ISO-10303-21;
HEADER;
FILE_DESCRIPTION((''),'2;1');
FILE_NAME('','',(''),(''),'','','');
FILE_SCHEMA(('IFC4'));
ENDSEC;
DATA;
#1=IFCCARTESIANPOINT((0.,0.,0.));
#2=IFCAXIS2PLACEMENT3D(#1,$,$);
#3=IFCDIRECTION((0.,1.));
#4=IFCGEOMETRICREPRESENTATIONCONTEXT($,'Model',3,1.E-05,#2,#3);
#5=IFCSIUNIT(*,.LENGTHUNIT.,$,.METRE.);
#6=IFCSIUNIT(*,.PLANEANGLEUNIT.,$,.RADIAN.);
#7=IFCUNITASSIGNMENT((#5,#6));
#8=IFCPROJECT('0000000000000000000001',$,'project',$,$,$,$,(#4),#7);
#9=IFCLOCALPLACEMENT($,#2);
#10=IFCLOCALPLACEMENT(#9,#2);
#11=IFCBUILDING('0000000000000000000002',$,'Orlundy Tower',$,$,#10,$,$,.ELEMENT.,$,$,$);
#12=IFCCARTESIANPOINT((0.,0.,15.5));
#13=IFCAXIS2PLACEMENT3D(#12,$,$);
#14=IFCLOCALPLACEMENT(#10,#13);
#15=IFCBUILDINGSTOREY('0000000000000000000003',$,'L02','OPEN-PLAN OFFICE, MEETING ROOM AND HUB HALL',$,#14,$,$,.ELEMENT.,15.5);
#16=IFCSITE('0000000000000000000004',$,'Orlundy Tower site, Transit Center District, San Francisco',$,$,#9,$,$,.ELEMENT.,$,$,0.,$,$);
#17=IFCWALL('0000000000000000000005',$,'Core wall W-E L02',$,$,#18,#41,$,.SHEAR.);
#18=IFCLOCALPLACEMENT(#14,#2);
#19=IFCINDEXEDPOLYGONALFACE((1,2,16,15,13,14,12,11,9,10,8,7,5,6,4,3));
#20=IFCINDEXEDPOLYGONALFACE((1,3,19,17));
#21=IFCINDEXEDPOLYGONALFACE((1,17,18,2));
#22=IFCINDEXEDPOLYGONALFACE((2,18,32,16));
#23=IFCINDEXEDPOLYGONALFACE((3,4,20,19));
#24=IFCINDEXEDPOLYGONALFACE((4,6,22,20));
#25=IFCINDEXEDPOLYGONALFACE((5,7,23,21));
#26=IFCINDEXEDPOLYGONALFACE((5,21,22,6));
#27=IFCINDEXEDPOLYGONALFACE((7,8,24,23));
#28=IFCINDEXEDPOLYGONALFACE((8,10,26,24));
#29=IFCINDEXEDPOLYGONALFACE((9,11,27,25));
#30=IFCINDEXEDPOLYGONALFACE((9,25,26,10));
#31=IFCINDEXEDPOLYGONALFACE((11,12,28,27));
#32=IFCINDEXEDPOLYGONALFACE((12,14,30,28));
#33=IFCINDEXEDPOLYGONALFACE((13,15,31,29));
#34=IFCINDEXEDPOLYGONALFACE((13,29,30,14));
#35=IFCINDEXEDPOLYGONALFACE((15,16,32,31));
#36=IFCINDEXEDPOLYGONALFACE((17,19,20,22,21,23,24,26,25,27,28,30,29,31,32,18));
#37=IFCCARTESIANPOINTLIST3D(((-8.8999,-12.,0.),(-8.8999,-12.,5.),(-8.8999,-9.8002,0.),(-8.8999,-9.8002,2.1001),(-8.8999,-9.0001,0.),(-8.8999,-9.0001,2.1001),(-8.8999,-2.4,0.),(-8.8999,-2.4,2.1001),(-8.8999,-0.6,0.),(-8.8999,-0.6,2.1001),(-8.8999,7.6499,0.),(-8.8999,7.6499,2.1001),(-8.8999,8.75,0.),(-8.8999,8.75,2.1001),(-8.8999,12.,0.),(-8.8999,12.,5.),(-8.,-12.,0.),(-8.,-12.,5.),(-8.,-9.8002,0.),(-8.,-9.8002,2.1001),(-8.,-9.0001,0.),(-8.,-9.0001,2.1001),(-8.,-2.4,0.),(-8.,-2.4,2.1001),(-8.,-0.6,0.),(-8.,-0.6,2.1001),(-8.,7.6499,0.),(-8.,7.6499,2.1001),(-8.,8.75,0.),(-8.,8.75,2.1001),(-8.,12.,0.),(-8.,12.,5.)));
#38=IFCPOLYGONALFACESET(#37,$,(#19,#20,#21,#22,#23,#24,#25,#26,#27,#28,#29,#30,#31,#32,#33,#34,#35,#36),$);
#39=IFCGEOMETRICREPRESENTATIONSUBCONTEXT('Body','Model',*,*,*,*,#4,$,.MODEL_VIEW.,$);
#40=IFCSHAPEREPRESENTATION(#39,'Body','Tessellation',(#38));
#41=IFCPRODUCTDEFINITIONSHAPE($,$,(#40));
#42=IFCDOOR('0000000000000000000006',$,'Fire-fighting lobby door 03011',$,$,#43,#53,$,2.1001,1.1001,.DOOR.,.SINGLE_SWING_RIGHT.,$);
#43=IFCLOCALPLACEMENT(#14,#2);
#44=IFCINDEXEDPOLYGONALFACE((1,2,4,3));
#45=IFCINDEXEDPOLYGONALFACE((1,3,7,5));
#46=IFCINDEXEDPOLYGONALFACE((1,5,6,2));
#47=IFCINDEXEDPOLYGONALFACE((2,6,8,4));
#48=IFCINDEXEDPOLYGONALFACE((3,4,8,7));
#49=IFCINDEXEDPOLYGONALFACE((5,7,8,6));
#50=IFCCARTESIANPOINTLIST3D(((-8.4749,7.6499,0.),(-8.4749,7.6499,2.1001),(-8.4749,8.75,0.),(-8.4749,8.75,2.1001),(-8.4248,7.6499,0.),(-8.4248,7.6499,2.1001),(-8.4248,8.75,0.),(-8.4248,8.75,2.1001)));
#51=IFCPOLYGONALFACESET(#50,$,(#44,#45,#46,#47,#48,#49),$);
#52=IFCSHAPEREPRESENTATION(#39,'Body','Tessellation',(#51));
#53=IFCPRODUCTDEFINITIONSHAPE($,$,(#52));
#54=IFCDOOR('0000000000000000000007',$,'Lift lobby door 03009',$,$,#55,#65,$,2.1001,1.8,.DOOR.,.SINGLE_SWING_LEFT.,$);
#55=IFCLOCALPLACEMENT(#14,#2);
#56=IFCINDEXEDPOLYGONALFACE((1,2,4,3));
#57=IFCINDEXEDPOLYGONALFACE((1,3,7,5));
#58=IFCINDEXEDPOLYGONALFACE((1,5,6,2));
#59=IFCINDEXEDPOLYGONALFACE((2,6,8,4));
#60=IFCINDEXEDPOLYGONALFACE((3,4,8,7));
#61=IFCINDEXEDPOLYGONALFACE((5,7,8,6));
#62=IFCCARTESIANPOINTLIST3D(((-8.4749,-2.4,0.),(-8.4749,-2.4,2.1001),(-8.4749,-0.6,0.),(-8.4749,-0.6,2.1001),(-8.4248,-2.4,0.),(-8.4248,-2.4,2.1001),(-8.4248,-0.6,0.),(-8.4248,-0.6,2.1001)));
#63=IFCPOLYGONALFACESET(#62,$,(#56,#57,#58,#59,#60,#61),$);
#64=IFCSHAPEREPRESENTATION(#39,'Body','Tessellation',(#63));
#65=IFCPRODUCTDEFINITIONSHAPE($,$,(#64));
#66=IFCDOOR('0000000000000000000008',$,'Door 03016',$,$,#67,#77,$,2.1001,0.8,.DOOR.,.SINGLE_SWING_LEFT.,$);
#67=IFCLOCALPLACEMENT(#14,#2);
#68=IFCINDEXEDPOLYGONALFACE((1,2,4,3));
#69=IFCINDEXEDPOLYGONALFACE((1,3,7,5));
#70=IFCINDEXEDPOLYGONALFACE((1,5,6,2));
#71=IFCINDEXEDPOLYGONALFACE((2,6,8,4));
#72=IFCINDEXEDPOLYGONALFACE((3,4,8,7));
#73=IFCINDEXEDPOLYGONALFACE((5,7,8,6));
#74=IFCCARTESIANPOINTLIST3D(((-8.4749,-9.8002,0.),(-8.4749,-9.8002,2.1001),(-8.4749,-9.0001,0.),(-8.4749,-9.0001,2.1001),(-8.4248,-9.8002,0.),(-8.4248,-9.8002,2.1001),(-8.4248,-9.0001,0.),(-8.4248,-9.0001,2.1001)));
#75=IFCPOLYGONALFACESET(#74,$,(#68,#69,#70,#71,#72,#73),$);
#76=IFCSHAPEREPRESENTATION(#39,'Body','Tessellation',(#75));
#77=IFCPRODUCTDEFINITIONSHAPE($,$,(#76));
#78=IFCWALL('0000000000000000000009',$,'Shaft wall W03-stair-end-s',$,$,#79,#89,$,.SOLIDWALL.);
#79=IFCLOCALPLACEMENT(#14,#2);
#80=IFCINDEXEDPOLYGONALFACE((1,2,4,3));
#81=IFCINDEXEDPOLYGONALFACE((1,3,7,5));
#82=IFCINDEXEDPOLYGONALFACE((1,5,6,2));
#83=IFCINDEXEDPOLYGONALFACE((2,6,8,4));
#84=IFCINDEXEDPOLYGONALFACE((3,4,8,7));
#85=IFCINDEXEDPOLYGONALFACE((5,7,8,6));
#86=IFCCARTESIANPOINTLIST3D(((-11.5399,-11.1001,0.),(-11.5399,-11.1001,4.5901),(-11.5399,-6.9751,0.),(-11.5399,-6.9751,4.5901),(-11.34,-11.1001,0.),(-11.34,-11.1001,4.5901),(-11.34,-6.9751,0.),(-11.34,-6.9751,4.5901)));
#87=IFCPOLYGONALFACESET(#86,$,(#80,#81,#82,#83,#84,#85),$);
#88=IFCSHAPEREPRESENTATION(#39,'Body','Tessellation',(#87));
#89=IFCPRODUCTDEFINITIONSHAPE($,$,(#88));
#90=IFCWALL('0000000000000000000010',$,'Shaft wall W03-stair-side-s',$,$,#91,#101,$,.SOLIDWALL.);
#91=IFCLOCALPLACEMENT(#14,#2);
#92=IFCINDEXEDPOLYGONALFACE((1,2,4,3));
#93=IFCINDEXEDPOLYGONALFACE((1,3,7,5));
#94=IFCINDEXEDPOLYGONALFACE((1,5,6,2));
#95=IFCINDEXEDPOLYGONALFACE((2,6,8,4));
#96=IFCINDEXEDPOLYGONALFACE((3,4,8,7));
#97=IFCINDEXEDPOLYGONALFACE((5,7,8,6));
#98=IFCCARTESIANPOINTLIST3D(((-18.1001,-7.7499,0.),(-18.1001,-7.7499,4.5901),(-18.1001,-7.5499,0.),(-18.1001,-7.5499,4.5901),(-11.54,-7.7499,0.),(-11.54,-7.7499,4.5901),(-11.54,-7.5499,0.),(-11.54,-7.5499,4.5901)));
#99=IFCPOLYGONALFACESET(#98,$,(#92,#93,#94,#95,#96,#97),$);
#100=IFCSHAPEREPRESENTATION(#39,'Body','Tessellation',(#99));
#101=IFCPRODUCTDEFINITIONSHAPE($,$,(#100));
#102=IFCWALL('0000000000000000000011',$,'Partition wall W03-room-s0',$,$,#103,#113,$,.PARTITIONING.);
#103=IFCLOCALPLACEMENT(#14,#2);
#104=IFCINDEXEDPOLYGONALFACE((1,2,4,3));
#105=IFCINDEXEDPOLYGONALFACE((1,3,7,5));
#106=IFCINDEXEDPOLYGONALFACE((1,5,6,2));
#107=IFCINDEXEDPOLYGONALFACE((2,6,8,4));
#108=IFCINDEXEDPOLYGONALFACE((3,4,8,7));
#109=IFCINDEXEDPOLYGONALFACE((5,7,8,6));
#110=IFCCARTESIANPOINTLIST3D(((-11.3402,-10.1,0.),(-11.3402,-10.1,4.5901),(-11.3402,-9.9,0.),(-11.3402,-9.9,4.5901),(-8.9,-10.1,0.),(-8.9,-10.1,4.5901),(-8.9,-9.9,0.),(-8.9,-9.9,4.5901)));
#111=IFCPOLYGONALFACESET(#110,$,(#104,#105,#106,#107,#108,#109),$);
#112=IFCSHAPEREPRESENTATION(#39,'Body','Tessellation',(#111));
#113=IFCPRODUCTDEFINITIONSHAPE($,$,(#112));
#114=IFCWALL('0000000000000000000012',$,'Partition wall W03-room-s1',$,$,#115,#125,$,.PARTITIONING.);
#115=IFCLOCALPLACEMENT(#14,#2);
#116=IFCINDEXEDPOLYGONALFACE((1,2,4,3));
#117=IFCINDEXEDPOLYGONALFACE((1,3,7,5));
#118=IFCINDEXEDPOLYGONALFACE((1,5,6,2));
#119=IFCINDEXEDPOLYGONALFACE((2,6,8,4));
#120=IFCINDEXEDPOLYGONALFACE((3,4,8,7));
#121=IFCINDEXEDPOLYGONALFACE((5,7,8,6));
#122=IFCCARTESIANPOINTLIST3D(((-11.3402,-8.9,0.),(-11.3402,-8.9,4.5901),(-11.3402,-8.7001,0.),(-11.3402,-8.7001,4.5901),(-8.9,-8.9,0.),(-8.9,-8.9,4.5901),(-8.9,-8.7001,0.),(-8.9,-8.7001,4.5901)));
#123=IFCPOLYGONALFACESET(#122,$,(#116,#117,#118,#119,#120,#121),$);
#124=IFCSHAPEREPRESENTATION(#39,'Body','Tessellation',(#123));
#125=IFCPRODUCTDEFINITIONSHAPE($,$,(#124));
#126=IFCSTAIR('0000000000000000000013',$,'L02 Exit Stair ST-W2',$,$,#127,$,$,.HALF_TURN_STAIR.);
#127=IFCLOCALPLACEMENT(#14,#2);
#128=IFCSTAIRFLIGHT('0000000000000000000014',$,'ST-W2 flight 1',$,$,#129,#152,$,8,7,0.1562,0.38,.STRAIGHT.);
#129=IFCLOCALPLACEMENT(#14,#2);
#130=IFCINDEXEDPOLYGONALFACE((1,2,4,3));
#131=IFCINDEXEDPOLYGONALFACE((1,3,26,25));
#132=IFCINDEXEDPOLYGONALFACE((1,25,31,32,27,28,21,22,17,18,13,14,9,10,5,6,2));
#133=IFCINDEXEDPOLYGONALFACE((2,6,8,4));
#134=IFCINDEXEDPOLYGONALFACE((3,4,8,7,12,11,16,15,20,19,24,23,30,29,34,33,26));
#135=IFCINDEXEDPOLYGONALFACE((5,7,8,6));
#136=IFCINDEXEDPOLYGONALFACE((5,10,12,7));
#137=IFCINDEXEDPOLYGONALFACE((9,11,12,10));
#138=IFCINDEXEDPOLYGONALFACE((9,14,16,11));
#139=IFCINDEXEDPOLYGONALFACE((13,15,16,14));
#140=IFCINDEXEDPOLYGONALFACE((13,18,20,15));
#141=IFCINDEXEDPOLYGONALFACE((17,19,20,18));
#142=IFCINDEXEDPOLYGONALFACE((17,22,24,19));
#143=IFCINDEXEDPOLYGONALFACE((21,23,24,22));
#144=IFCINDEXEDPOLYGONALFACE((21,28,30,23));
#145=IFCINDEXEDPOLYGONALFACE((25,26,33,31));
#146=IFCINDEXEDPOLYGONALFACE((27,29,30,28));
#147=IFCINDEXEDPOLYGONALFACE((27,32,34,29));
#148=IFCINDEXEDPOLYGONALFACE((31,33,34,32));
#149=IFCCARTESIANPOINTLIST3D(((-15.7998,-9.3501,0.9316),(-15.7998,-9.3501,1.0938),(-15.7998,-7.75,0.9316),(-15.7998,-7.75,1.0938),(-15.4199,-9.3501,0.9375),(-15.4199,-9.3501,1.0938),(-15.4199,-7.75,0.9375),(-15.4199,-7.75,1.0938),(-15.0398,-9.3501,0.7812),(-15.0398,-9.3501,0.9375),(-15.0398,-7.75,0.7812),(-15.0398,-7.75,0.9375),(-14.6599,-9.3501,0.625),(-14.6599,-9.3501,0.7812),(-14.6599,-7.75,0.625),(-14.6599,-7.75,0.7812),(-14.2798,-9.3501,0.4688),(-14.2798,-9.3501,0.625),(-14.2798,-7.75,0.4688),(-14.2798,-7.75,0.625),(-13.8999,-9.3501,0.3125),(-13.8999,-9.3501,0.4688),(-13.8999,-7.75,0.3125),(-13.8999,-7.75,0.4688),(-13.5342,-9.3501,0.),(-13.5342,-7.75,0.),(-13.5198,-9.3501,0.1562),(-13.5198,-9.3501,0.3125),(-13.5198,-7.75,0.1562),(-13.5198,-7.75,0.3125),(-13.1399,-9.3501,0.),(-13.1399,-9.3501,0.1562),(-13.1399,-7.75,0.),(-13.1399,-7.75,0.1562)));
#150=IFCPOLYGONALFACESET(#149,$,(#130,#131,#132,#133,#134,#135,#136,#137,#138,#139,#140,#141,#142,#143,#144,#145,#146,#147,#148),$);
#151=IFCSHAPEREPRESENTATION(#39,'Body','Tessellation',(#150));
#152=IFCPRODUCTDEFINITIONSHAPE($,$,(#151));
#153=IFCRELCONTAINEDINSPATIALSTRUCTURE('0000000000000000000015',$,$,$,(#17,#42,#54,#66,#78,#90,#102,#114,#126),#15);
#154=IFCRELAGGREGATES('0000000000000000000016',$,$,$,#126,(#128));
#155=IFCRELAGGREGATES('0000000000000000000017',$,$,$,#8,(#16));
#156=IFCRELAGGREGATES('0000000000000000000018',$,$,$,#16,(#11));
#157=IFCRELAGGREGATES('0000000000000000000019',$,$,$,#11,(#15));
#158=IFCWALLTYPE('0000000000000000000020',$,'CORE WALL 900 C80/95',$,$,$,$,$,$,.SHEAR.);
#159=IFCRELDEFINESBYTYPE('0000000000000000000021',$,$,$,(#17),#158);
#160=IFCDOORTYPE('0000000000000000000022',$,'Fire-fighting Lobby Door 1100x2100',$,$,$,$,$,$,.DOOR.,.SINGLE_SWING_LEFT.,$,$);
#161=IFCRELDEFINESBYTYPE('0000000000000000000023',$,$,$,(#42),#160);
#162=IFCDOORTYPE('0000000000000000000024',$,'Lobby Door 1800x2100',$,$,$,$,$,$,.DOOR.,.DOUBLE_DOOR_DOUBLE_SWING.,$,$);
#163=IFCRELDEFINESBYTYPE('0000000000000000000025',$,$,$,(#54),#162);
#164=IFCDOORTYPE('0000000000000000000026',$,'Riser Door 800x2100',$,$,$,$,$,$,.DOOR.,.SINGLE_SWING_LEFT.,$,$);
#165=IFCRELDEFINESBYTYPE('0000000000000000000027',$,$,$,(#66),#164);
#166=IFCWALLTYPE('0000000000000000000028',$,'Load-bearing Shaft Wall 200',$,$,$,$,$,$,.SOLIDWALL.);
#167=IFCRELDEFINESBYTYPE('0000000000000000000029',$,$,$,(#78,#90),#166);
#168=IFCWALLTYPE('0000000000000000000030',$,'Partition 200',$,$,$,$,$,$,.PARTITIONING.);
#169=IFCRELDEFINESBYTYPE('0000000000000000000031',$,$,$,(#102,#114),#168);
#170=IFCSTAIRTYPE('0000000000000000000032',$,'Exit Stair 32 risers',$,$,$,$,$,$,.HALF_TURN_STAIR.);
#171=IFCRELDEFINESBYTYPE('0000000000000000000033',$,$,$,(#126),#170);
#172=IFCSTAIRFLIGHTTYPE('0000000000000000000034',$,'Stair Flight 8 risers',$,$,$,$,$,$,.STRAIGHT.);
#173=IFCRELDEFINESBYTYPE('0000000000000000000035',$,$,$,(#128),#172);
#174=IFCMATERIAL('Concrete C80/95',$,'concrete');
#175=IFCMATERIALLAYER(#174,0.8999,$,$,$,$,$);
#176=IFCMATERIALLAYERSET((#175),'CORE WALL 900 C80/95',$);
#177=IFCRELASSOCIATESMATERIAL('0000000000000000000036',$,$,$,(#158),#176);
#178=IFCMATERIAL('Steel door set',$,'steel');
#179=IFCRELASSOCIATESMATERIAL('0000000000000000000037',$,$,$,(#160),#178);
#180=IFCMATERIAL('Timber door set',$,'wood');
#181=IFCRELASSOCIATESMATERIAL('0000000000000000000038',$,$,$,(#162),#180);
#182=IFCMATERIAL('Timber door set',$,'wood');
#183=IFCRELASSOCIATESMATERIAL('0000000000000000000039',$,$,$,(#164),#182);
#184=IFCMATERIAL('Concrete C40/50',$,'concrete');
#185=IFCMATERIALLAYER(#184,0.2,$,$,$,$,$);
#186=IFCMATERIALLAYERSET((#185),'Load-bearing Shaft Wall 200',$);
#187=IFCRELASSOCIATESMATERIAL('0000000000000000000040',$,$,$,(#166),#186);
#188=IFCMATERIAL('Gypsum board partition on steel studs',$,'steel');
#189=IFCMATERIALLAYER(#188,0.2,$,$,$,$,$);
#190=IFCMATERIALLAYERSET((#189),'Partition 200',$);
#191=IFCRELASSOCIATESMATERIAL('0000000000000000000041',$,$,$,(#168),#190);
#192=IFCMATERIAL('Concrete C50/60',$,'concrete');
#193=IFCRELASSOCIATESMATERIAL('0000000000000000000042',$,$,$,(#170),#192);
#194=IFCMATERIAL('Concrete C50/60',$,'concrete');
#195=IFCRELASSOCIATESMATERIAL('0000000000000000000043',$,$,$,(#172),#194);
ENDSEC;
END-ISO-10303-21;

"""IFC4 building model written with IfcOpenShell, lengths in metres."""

from ifc_helpers import new_model, si_unit, direction, frame, frame_2d, origin, place, context, subcontext, project, spatial, polyline, rectangle, outline, extrude, material, layer, layer_set, type_object, element, fill, aggregate, save


model = new_model("IFC4")

# Units and contexts
model_context = context("Model", 3, precision=1e-05, world=origin(), true_north=direction((0.0, 1.0)))
body_context = subcontext(model_context, "Body", "Model", "MODEL_VIEW")
ifc_project = project(units=[si_unit("LENGTHUNIT", "METRE"), si_unit("PLANEANGLEUNIT", "RADIAN")], contexts=[model_context])

# Site, building, storey
site_placement = place(None, origin())
site = spatial("IfcSite", under=ifc_project, at=site_placement, Name="Orlundy Tower site, Transit Center District, San Francisco", CompositionType="ELEMENT", RefElevation=0.0)
building_placement = place(site_placement, origin())
building = spatial("IfcBuilding", under=site, at=building_placement, Name="Orlundy Tower", CompositionType="ELEMENT")
storey_placement = place(building_placement, frame((0.0, 0.0, 15.5)))
storey = spatial("IfcBuildingStorey", under=building, at=storey_placement, Name="L02", Description="OPEN-PLAN OFFICE, MEETING ROOM AND HUB HALL", CompositionType="ELEMENT", Elevation=15.5)

# Wall, openings, doors
ifc_material_1 = material(Name="Concrete C80/95", Category="concrete")
ifc_layer_1 = layer(ifc_material_1, 0.8999)
ifc_layer_set_1 = layer_set([ifc_layer_1], Name="CORE WALL 900 C80/95")
wall_type_1 = type_object("IfcWallType", Name="CORE WALL 900 C80/95", PredefinedType="SHEAR", material=ifc_layer_set_1)
wall_1_placement = place(storey_placement, frame((-8.45, -12.0, 0.0), z_axis=(0.0, 0.0, 1.0), x_axis=(0.0, 1.0, 0.0)))
wall_1 = element("IfcWall", 1, at=wall_1_placement, inside=storey, type_object=wall_type_1, Name="Core wall W-E L02", PredefinedType="SHEAR", context=body_context, shape_type="SweptSolid", body=[
    extrude(rectangle(XDim=24.0, YDim=0.8999, at=frame_2d((12.0, 0.0))), origin(), (0.0, 0.0, 1.0), 5.0),
])
opening_1_placement = place(wall_1_placement, frame((9.6001, 0.0, 0.0)))
opening_1 = element("IfcOpeningElement", 2, at=opening_1_placement, cuts=wall_1, PredefinedType="OPENING", context=body_context, shape_type="SweptSolid", body=[
    extrude(rectangle(XDim=1.8, YDim=2.1001, at=frame_2d((0.8999, 1.05))), frame((0.0, 0.46, 0.0), z_axis=(0.0, -1.0, 0.0), x_axis=(1.0, 0.0, 0.0)), (0.0, 0.0, 1.0), 0.9199),
])
opening_2_placement = place(wall_1_placement, frame((19.6499, 0.0, 0.0)))
opening_2 = element("IfcOpeningElement", 3, at=opening_2_placement, cuts=wall_1, PredefinedType="OPENING", context=body_context, shape_type="SweptSolid", body=[
    extrude(rectangle(XDim=1.1001, YDim=2.1001, at=frame_2d((0.55, 1.05))), frame((0.0, 0.46, 0.0), z_axis=(0.0, -1.0, 0.0), x_axis=(1.0, 0.0, 0.0)), (0.0, 0.0, 1.0), 0.9199),
])
opening_3_placement = place(wall_1_placement, frame((2.2, 0.0, 0.0)))
opening_3 = element("IfcOpeningElement", 4, at=opening_3_placement, cuts=wall_1, PredefinedType="OPENING", context=body_context, shape_type="SweptSolid", body=[
    extrude(rectangle(XDim=0.8, YDim=2.1001, at=frame_2d((0.3999, 1.05))), frame((0.0, 0.46, 0.0), z_axis=(0.0, -1.0, 0.0), x_axis=(1.0, 0.0, 0.0)), (0.0, 0.0, 1.0), 0.9199),
])
ifc_material_2 = material(Name="Steel door set", Category="steel")
door_type_1 = type_object("IfcDoorType", Name="Fire-fighting Lobby Door 1100x2100", OperationType="SINGLE_SWING_LEFT", PredefinedType="DOOR", material=ifc_material_2)
door_1_placement = place(opening_2_placement, origin())
door_1 = element("IfcDoor", 5, at=door_1_placement, inside=storey, type_object=door_type_1, Name="Fire-fighting lobby door 03011", OperationType="SINGLE_SWING_RIGHT", OverallHeight=2.1001, OverallWidth=1.1001, PredefinedType="DOOR", context=body_context, shape_type="SweptSolid", body=[
    extrude(rectangle(XDim=1.1001, YDim=2.1001, at=frame_2d((0.55, 1.05))), frame((0.0, 0.0249, 0.0), z_axis=(0.0, -1.0, 0.0), x_axis=(1.0, 0.0, 0.0)), (0.0, 0.0, 1.0), 0.05),
])
fill(opening_2, door_1)
ifc_material_3 = material(Name="Timber door set", Category="wood")
door_type_2 = type_object("IfcDoorType", Name="Lobby Door 1800x2100", OperationType="DOUBLE_DOOR_DOUBLE_SWING", PredefinedType="DOOR", material=ifc_material_3)
door_2_placement = place(opening_1_placement, origin())
door_2 = element("IfcDoor", 6, at=door_2_placement, inside=storey, type_object=door_type_2, Name="Lift lobby door 03009", OperationType="SINGLE_SWING_LEFT", OverallHeight=2.1001, OverallWidth=1.8, PredefinedType="DOOR", context=body_context, shape_type="SweptSolid", body=[
    extrude(rectangle(XDim=1.8, YDim=2.1001, at=frame_2d((0.8999, 1.05))), frame((0.0, 0.0249, 0.0), z_axis=(0.0, -1.0, 0.0), x_axis=(1.0, 0.0, 0.0)), (0.0, 0.0, 1.0), 0.05),
])
fill(opening_1, door_2)
ifc_material_4 = material(Name="Timber door set", Category="wood")
door_type_3 = type_object("IfcDoorType", Name="Riser Door 800x2100", OperationType="SINGLE_SWING_LEFT", PredefinedType="DOOR", material=ifc_material_4)
door_3_placement = place(opening_3_placement, origin())
door_3 = element("IfcDoor", 7, at=door_3_placement, inside=storey, type_object=door_type_3, Name="Door 03016", OperationType="SINGLE_SWING_LEFT", OverallHeight=2.1001, OverallWidth=0.8, PredefinedType="DOOR", context=body_context, shape_type="SweptSolid", body=[
    extrude(rectangle(XDim=0.8, YDim=2.1001, at=frame_2d((0.3999, 1.05))), frame((0.0, 0.0249, 0.0), z_axis=(0.0, -1.0, 0.0), x_axis=(1.0, 0.0, 0.0)), (0.0, 0.0, 1.0), 0.05),
])
fill(opening_3, door_3)

# Walls
ifc_material_5 = material(Name="Concrete C40/50", Category="concrete")
ifc_layer_2 = layer(ifc_material_5, 0.2)
ifc_layer_set_2 = layer_set([ifc_layer_2], Name="Load-bearing Shaft Wall 200")
wall_type_2 = type_object("IfcWallType", Name="Load-bearing Shaft Wall 200", PredefinedType="SOLIDWALL", material=ifc_layer_set_2)
wall_2_placement = place(storey_placement, frame((-11.4399, -11.1001, 0.0), z_axis=(0.0, 0.0, 1.0), x_axis=(0.0, 1.0, 0.0)))
element("IfcWall", 8, at=wall_2_placement, inside=storey, type_object=wall_type_2, Name="Shaft wall W03-stair-end-s", PredefinedType="SOLIDWALL", context=body_context, shape_type="SweptSolid", body=[
    extrude(rectangle(XDim=4.125, YDim=0.2, at=frame_2d((2.0625, 0.0))), origin(), (0.0, 0.0, 1.0), 4.5901),
])
wall_3_placement = place(storey_placement, frame((-11.54, -7.6499, 0.0), z_axis=(0.0, 0.0, 1.0), x_axis=(-1.0, 0.0, 0.0)))
element("IfcWall", 9, at=wall_3_placement, inside=storey, type_object=wall_type_2, Name="Shaft wall W03-stair-side-s", PredefinedType="SOLIDWALL", context=body_context, shape_type="SweptSolid", body=[
    extrude(rectangle(XDim=6.5601, YDim=0.2, at=frame_2d((3.28, 0.0))), origin(), (0.0, 0.0, 1.0), 4.5901),
])
ifc_material_6 = material(Name="Gypsum board partition on steel studs", Category="steel")
ifc_layer_3 = layer(ifc_material_6, 0.2)
ifc_layer_set_3 = layer_set([ifc_layer_3], Name="Partition 200")
wall_type_3 = type_object("IfcWallType", Name="Partition 200", PredefinedType="PARTITIONING", material=ifc_layer_set_3)
for number, where, z_axis, x_axis, name in (
    (10, (-8.8999, -10.0, 0.0), (0.0, 0.0, 1.0), (-1.0, 0.0, 0.0), "Partition wall W03-room-s0"),
    (11, (-8.8999, -8.8, 0.0), (0.0, 0.0, 1.0), (-1.0, 0.0, 0.0), "Partition wall W03-room-s1"),
):
    element("IfcWall", number, at=place(storey_placement, frame(where, z_axis=z_axis, x_axis=x_axis)), inside=storey, type_object=wall_type_3, Name=name, PredefinedType="PARTITIONING", context=body_context, shape_type="SweptSolid", body=[
        extrude(rectangle(XDim=2.4402, YDim=0.2, at=frame_2d((1.2202, 0.0))), origin(), (0.0, 0.0, 1.0), 4.5901),
    ])

# Stair, stair flight
ifc_material_7 = material(Name="Concrete C50/60", Category="concrete")
stair_type = type_object("IfcStairType", Name="Exit Stair 32 risers", PredefinedType="HALF_TURN_STAIR", material=ifc_material_7)
stair_placement = place(storey_placement, origin())
stair = element("IfcStair", 12, at=stair_placement, inside=storey, type_object=stair_type, Name="L02 Exit Stair ST-W2", PredefinedType="HALF_TURN_STAIR")
ifc_material_8 = material(Name="Concrete C50/60", Category="concrete")
stair_flight_type = type_object("IfcStairFlightType", Name="Stair Flight 8 risers", PredefinedType="STRAIGHT", material=ifc_material_8)
stair_flight_1_placement = place(storey_placement, frame((-13.1399, -8.55, 0.0), z_axis=(0.0, 0.0, 1.0), x_axis=(-1.0, 0.0, 0.0)))
stair_flight_1 = element("IfcStairFlight", 13, at=stair_flight_1_placement, type_object=stair_flight_type, Name="ST-W2 flight 1", NumberOfRisers=8, NumberOfTreads=7, PredefinedType="STRAIGHT", RiserHeight=0.1562, TreadLength=0.38, context=body_context, shape_type="SweptSolid", body=[
    extrude(outline(polyline([(0.0, 0.0), (0.0, 0.1562), (0.3799, 0.1562), (0.3799, 0.3125), (0.76, 0.3125), (0.76, 0.4688), (1.1399, 0.4688), (1.1399, 0.625), (1.52, 0.625), (1.52, 0.7812), (1.8999, 0.7812), (1.8999, 0.9375), (2.28, 0.9375), (2.28, 1.0938), (2.6599, 1.0938), (2.6599, 1.25), (2.6599, 0.9316), (0.3943, 0.0), (0.0, 0.0)])), frame((0.0, 0.8, 0.0), z_axis=(0.0, -1.0, 0.0), x_axis=(1.0, 0.0, 0.0)), (0.0, 0.0, 1.0), 1.6001),
])
aggregate(stair, [stair_flight_1])

save(model, "model.ifc")
